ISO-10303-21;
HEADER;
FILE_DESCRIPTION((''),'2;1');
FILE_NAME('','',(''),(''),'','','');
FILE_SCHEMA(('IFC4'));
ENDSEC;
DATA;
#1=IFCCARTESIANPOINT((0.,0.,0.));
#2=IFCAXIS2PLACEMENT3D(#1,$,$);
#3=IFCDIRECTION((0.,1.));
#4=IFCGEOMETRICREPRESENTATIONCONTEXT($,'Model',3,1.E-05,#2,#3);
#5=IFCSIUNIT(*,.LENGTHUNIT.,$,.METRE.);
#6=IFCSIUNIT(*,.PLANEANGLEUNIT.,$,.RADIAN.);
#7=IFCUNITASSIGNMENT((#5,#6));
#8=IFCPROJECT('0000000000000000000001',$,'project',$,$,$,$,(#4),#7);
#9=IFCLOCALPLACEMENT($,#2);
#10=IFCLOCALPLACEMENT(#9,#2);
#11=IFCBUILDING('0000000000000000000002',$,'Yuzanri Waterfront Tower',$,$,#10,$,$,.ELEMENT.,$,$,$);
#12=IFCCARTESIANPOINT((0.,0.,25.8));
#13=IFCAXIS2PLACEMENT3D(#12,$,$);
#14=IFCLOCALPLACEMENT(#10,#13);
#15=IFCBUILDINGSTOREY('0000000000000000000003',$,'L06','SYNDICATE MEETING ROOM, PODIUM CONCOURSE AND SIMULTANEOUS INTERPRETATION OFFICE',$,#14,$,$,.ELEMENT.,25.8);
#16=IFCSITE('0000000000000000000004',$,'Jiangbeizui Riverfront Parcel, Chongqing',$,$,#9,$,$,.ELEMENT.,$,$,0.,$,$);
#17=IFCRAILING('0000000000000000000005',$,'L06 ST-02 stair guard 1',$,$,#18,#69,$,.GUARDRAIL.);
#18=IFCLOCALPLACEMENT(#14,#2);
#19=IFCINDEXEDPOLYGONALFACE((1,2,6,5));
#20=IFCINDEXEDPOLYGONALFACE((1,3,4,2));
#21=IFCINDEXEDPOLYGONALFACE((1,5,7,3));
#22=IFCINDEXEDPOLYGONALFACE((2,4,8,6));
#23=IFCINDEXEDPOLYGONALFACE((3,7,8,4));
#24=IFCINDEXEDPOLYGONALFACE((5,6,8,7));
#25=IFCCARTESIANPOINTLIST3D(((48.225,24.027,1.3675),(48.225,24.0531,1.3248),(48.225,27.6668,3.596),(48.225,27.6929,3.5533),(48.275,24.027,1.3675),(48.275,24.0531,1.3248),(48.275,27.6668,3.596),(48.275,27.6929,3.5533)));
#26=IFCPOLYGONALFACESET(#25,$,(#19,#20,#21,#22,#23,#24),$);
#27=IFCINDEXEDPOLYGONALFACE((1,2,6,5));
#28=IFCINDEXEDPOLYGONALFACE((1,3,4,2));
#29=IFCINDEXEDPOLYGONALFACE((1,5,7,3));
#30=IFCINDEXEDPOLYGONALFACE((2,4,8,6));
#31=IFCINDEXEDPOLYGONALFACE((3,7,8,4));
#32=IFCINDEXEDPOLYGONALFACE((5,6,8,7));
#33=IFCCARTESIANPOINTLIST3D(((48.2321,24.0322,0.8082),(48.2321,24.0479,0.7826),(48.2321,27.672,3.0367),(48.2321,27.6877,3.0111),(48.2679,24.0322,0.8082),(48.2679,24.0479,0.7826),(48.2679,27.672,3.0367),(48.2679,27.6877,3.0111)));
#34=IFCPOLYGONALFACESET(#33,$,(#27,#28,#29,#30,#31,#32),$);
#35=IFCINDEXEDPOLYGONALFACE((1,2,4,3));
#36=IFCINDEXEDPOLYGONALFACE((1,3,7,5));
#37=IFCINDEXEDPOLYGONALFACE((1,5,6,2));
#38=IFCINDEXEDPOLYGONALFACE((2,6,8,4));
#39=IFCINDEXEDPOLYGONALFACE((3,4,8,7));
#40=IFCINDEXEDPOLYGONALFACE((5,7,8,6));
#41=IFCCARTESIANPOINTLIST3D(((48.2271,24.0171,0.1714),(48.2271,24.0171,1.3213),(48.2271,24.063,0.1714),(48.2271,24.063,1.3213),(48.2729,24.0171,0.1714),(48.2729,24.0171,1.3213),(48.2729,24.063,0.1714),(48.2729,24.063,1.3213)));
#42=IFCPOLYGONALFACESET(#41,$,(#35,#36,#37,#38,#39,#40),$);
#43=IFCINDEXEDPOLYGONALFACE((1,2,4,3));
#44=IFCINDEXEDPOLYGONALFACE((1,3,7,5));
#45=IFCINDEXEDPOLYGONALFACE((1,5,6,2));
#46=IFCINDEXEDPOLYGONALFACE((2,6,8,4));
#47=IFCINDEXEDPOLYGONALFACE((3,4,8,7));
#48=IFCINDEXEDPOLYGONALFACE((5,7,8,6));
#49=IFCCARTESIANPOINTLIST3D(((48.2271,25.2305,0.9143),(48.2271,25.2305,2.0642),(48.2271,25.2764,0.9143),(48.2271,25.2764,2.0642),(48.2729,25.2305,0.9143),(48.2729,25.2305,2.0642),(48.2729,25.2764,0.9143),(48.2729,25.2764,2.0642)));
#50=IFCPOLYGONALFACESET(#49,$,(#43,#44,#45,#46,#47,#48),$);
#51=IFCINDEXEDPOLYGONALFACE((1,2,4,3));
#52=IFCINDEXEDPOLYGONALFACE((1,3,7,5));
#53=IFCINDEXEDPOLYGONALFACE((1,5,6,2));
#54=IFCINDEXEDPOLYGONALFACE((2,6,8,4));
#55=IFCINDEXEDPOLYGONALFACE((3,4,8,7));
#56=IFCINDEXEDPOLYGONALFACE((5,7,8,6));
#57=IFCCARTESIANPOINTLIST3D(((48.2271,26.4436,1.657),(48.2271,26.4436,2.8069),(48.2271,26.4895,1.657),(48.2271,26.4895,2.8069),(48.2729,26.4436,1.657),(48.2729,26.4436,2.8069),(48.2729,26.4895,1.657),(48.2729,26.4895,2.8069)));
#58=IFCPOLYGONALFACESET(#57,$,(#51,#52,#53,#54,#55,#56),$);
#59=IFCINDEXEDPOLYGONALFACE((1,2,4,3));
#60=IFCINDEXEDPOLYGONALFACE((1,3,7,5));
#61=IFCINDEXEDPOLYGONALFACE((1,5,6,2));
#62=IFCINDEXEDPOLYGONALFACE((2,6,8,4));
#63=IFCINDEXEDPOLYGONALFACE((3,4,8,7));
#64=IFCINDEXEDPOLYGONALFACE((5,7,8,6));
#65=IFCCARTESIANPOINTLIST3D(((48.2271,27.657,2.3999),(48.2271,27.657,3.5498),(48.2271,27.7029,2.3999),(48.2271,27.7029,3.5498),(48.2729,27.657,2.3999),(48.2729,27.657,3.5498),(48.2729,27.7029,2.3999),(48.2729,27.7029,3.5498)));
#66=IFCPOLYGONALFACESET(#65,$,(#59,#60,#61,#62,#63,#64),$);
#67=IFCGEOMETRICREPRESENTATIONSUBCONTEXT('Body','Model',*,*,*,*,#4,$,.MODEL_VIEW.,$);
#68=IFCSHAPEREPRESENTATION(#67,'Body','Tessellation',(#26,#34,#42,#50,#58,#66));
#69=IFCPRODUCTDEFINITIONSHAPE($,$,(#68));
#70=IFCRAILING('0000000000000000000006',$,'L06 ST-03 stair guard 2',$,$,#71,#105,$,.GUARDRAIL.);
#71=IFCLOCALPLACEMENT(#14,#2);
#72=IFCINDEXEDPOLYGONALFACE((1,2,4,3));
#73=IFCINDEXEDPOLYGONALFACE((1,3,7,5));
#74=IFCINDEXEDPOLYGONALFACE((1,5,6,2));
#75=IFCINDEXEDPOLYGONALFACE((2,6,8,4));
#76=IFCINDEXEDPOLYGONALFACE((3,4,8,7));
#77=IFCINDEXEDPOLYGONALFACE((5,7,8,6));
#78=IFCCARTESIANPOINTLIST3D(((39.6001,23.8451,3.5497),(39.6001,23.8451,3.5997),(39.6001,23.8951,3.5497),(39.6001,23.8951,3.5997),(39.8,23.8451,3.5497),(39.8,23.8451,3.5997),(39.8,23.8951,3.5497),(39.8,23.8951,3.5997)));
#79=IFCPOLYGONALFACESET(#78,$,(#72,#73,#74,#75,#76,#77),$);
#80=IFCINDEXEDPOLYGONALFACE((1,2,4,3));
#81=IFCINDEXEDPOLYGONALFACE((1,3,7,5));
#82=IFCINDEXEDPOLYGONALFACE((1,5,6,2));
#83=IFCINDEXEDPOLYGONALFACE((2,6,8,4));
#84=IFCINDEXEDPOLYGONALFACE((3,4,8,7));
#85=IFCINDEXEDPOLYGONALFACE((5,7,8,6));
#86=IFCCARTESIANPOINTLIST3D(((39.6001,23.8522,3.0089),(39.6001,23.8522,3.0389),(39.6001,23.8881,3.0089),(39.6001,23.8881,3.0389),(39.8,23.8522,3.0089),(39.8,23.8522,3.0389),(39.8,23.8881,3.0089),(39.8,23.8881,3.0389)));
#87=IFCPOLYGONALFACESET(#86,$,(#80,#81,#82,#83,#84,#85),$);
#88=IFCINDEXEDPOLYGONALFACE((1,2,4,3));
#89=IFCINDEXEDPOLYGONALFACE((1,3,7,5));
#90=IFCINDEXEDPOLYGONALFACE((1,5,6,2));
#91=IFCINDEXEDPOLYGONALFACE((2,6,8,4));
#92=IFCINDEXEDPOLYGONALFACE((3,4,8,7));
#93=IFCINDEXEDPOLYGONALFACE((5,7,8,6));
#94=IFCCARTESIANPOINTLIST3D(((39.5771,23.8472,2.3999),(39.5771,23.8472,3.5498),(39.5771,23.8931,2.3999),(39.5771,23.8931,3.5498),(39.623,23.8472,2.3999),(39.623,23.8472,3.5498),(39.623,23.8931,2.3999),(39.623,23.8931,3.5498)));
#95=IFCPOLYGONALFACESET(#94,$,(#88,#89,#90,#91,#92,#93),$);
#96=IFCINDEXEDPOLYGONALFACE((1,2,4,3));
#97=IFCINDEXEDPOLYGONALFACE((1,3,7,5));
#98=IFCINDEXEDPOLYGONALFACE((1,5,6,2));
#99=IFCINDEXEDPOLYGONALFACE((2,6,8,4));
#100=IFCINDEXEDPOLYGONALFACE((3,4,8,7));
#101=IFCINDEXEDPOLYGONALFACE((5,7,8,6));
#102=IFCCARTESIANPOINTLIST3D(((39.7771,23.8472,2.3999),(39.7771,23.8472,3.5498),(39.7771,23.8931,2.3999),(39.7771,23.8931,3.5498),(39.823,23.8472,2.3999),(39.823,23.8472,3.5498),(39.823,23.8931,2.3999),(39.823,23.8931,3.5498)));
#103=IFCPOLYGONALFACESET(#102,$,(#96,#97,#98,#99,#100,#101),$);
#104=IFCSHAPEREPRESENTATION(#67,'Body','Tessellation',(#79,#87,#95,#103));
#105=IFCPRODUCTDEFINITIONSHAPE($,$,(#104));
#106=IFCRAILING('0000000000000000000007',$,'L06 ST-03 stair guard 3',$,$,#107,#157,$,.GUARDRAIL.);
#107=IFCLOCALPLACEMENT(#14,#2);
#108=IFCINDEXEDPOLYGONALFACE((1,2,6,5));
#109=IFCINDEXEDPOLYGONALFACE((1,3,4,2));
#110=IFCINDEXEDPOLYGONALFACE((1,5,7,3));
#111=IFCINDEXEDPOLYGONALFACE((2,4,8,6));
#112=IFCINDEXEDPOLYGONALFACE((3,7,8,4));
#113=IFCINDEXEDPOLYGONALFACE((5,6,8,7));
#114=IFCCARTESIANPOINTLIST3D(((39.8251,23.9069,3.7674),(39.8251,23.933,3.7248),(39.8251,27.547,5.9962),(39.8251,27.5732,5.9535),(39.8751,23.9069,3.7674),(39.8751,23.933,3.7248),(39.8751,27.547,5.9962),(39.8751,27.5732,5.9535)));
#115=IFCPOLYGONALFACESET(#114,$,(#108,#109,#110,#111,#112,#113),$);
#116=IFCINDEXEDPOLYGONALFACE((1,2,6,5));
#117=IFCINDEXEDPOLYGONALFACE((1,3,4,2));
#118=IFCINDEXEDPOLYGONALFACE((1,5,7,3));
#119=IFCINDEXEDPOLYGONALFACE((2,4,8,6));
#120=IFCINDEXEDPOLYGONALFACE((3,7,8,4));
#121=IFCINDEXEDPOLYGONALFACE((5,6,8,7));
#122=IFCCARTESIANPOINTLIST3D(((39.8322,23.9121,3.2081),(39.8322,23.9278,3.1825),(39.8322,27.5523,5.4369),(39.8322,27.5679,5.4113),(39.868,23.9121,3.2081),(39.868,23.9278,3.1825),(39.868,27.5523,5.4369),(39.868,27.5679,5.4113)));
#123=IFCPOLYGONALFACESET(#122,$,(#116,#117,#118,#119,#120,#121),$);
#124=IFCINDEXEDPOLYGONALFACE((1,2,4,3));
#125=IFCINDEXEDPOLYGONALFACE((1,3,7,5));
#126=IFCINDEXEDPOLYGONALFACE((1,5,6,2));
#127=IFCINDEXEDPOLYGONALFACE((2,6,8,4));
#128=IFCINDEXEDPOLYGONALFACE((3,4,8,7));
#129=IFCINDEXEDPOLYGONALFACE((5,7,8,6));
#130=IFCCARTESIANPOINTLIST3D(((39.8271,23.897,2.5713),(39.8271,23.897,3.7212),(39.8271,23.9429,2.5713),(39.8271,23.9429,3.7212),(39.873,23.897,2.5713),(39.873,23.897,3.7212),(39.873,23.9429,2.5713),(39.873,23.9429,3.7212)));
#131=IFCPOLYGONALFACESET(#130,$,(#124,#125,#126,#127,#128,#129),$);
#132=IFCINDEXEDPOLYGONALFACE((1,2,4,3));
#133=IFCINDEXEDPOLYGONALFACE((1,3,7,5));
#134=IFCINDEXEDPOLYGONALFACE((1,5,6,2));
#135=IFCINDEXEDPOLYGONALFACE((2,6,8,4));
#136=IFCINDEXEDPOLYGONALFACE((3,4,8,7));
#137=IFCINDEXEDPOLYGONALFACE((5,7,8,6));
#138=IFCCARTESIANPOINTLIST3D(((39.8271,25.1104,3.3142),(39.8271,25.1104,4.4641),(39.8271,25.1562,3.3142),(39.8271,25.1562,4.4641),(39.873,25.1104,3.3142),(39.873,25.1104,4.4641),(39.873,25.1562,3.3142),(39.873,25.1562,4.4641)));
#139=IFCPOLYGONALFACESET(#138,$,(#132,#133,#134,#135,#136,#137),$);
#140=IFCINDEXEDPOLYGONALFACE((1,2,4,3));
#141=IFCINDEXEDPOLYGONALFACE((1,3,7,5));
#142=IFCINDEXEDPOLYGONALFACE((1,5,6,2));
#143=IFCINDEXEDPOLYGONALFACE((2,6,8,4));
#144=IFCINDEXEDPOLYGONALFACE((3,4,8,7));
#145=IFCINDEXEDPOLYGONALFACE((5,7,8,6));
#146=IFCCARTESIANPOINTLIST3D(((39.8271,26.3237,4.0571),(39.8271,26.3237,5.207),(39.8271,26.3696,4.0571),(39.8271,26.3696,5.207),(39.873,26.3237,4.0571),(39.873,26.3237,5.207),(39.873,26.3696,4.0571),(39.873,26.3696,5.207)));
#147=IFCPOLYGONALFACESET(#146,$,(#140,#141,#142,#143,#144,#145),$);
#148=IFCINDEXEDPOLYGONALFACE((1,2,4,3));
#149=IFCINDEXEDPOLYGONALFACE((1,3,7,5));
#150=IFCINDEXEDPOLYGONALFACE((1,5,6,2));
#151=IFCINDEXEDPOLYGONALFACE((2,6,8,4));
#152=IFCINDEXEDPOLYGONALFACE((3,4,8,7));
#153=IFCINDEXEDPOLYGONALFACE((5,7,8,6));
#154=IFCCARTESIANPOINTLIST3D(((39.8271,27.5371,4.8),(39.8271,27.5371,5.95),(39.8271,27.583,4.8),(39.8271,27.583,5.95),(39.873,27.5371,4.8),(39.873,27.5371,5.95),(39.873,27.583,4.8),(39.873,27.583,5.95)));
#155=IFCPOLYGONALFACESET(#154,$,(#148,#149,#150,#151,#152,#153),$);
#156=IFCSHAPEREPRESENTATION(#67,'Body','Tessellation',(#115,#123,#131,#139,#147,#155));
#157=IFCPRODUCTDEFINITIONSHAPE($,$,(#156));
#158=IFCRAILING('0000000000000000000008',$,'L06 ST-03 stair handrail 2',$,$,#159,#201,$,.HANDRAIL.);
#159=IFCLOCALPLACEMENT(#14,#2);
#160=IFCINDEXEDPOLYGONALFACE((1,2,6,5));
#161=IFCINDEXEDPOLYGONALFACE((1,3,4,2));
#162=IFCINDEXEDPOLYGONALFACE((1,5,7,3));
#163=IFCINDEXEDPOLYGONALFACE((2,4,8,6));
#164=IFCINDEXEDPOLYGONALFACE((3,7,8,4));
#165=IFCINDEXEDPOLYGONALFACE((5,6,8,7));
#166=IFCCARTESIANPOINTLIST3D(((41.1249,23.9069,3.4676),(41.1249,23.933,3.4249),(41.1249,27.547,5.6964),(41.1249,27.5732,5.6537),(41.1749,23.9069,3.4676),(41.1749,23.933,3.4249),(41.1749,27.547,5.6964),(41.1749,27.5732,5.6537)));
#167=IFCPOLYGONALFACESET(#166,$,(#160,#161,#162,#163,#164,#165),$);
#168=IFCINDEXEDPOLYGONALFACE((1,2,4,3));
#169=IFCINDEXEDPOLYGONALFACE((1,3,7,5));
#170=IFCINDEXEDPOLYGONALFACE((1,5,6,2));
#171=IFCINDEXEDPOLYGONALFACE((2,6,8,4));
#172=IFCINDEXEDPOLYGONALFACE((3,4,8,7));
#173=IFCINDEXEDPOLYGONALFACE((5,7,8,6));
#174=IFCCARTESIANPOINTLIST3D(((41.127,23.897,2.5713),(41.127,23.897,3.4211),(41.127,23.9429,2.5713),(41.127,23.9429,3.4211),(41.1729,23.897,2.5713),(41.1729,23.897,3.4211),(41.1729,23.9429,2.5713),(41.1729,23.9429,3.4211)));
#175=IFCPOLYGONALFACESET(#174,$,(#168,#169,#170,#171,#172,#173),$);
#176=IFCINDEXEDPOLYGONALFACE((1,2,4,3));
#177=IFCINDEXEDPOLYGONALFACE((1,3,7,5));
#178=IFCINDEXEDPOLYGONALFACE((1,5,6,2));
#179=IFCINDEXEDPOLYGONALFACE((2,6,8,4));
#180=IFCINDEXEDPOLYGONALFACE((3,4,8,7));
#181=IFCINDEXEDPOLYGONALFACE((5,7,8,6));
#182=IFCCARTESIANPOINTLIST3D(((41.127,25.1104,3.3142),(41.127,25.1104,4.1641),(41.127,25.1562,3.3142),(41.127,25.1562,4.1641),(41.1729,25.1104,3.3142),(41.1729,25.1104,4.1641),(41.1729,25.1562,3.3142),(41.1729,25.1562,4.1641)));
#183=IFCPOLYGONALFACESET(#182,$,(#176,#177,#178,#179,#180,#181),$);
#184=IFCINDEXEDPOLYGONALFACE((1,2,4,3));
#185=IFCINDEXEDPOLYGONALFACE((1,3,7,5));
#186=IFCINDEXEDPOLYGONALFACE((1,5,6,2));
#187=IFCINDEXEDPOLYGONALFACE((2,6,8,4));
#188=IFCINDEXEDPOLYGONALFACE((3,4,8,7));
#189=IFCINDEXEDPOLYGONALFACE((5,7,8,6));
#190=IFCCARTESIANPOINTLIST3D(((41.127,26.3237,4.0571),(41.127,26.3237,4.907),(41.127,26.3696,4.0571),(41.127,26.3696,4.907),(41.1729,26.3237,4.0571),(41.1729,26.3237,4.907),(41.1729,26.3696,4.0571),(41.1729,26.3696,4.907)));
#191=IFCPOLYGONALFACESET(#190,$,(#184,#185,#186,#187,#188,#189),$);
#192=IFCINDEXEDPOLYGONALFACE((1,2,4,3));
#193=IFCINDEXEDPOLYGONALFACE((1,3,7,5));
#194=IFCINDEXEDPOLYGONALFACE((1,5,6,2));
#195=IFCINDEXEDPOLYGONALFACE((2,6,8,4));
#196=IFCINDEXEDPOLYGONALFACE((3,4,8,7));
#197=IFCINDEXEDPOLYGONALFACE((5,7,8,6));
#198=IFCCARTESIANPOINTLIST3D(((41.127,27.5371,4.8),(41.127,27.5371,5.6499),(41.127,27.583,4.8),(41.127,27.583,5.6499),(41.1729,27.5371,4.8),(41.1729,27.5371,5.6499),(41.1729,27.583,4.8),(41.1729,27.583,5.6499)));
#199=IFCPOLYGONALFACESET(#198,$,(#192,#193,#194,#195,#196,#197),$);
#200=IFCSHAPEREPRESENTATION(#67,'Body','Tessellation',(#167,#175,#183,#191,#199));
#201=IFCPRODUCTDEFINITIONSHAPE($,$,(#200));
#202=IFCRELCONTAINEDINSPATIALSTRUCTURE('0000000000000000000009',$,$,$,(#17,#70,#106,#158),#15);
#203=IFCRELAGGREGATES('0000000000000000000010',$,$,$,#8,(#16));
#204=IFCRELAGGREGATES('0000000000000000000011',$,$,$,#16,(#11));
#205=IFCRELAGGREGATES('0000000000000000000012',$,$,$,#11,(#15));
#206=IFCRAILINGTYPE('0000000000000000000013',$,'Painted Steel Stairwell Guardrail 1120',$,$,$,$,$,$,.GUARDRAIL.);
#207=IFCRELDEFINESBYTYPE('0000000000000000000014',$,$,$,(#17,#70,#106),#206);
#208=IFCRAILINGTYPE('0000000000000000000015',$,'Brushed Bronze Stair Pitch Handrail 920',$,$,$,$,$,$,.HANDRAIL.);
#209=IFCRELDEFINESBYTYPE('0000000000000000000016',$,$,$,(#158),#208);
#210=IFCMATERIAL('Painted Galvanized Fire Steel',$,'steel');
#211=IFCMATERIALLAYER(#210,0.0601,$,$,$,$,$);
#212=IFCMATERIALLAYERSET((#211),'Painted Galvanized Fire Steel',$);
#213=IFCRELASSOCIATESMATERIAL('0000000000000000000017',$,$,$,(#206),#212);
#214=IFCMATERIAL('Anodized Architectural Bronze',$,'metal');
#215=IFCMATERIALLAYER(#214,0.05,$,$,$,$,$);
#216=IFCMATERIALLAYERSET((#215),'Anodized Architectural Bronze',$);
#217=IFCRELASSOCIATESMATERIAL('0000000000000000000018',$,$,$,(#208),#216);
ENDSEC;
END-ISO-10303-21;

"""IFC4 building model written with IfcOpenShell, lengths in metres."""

from ifc_helpers import new_model, si_unit, direction, frame, origin, origin_2d, place, context, subcontext, project, spatial, rectangle, extrude, source, transform, mapped, material, layer, layer_set, type_object, element, save


model = new_model("IFC4")

# Units and contexts
model_context = context("Model", 3, precision=1e-05, world=origin(), true_north=direction((0.0, 1.0)))
body_context = subcontext(model_context, "Body", "Model", "MODEL_VIEW")
ifc_project = project(units=[si_unit("LENGTHUNIT", "METRE"), si_unit("PLANEANGLEUNIT", "RADIAN")], contexts=[model_context])

# Site, building, storey
site_placement = place(None, origin())
site = spatial("IfcSite", under=ifc_project, at=site_placement, Name="Jiangbeizui Riverfront Parcel, Chongqing", CompositionType="ELEMENT", RefElevation=0.0)
building_placement = place(site_placement, origin())
building = spatial("IfcBuilding", under=site, at=building_placement, Name="Yuzanri Waterfront Tower", CompositionType="ELEMENT")
storey_placement = place(building_placement, frame((0.0, 0.0, 25.8)))
storey = spatial("IfcBuildingStorey", under=building, at=storey_placement, Name="L06", Description="SYNDICATE MEETING ROOM, PODIUM CONCOURSE AND SIMULTANEOUS INTERPRETATION OFFICE", CompositionType="ELEMENT", Elevation=25.8)

# Railings
ifc_material_1 = material(Name="Painted Galvanized Fire Steel", Category="steel")
ifc_layer_1 = layer(ifc_material_1, 0.0601)
ifc_layer_set_1 = layer_set([ifc_layer_1], Name="Painted Galvanized Fire Steel")
railing_type_1 = type_object("IfcRailingType", Name="Painted Steel Stairwell Guardrail 1120", PredefinedType="GUARDRAIL", material=ifc_layer_set_1)
shared_shape_1 = source(origin(), body_context, "Body", "SweptSolid", [
    extrude(rectangle(XDim=0.05, YDim=0.05, at=origin_2d()), frame((0.0, 0.0, 1.1748), z_axis=(0.0, 0.85285, 0.522156), x_axis=(-1.0, 0.0, 0.0)), (0.0, 0.0, 1.0), 4.2678),
    extrude(rectangle(XDim=0.0359, YDim=0.03, at=origin_2d()), frame((0.0, 0.0, 0.624), z_axis=(0.0, 0.85285, 0.522156), x_axis=(-1.0, 0.0, 0.0)), (0.0, 0.0, 1.0), 4.2678),
    extrude(rectangle(XDim=0.0459, YDim=0.0459, at=origin_2d()), origin(), (0.0, 0.0, 1.0), 1.1499),
    extrude(rectangle(XDim=0.0459, YDim=0.0459, at=origin_2d()), frame((0.0, 1.2134, 0.7429)), (0.0, 0.0, 1.0), 1.1499),
    extrude(rectangle(XDim=0.0459, YDim=0.0459, at=origin_2d()), frame((0.0, 2.4265, 1.4856)), (0.0, 0.0, 1.0), 1.1499),
    extrude(rectangle(XDim=0.0459, YDim=0.0459, at=origin_2d()), frame((0.0, 3.6399, 2.2285)), (0.0, 0.0, 1.0), 1.1499),
])
railing_1_placement = place(storey_placement, frame((48.25, 24.04, 0.1714)))
element("IfcRailing", 1, at=railing_1_placement, inside=storey, type_object=railing_type_1, Name="L06 ST-02 stair guard 1", PredefinedType="GUARDRAIL", context=body_context, shape_type="MappedRepresentation", body=[
    mapped(shared_shape_1, transform((0.0, 0.0, 0.0), scale=1.0)),
])
shared_shape_2 = source(origin(), body_context, "Body", "SweptSolid", [
    extrude(rectangle(XDim=0.05, YDim=0.05, at=origin_2d()), frame((0.0, 0.0, 1.1748), z_axis=(1.0, 0.0, 0.0), x_axis=(0.0, 1.0, 0.0)), (0.0, 0.0, 1.0), 0.2),
    extrude(rectangle(XDim=0.0359, YDim=0.03, at=origin_2d()), frame((0.0, 0.0, 0.624), z_axis=(1.0, 0.0, 0.0), x_axis=(0.0, 1.0, 0.0)), (0.0, 0.0, 1.0), 0.2),
    extrude(rectangle(XDim=0.0459, YDim=0.0459, at=origin_2d()), origin(), (0.0, 0.0, 1.0), 1.1499),
    extrude(rectangle(XDim=0.0459, YDim=0.0459, at=origin_2d()), frame((0.2, 0.0, 0.0)), (0.0, 0.0, 1.0), 1.1499),
])
railing_2_placement = place(storey_placement, frame((39.6001, 23.8701, 2.3999)))
element("IfcRailing", 2, at=railing_2_placement, inside=storey, type_object=railing_type_1, Name="L06 ST-03 stair guard 2", PredefinedType="GUARDRAIL", context=body_context, shape_type="MappedRepresentation", body=[
    mapped(shared_shape_2, transform((0.0, 0.0, 0.0), scale=1.0)),
])
shared_shape_3 = source(origin(), body_context, "Body", "SweptSolid", [
    extrude(rectangle(XDim=0.05, YDim=0.05, at=origin_2d()), frame((0.0, 0.0, 1.1748), z_axis=(0.0, 0.85284, 0.522172), x_axis=(-1.0, 0.0, 0.0)), (0.0, 0.0, 1.0), 4.2683),
    extrude(rectangle(XDim=0.0359, YDim=0.03, at=origin_2d()), frame((0.0, 0.0, 0.624), z_axis=(0.0, 0.85284, 0.522172), x_axis=(-1.0, 0.0, 0.0)), (0.0, 0.0, 1.0), 4.2683),
    extrude(rectangle(XDim=0.0459, YDim=0.0459, at=origin_2d()), origin(), (0.0, 0.0, 1.0), 1.1499),
    extrude(rectangle(XDim=0.0459, YDim=0.0459, at=origin_2d()), frame((0.0, 1.2134, 0.7429)), (0.0, 0.0, 1.0), 1.1499),
    extrude(rectangle(XDim=0.0459, YDim=0.0459, at=origin_2d()), frame((0.0, 2.4268, 1.4858)), (0.0, 0.0, 1.0), 1.1499),
    extrude(rectangle(XDim=0.0459, YDim=0.0459, at=origin_2d()), frame((0.0, 3.6401, 2.2288)), (0.0, 0.0, 1.0), 1.1499),
])
railing_3_placement = place(storey_placement, frame((39.8501, 23.9199, 2.5713)))
element("IfcRailing", 3, at=railing_3_placement, inside=storey, type_object=railing_type_1, Name="L06 ST-03 stair guard 3", PredefinedType="GUARDRAIL", context=body_context, shape_type="MappedRepresentation", body=[
    mapped(shared_shape_3, transform((0.0, 0.0, 0.0), scale=1.0)),
])
ifc_material_2 = material(Name="Anodized Architectural Bronze", Category="metal")
ifc_layer_2 = layer(ifc_material_2, 0.05)
ifc_layer_set_2 = layer_set([ifc_layer_2], Name="Anodized Architectural Bronze")
railing_type_2 = type_object("IfcRailingType", Name="Brushed Bronze Stair Pitch Handrail 920", PredefinedType="HANDRAIL", material=ifc_layer_set_2)
shared_shape_4 = source(origin(), body_context, "Body", "SweptSolid", [
    extrude(rectangle(XDim=0.05, YDim=0.05, at=origin_2d()), frame((0.0, 0.0, 0.875), z_axis=(0.0, 0.85284, 0.522172), x_axis=(-1.0, 0.0, 0.0)), (0.0, 0.0, 1.0), 4.2683),
    extrude(rectangle(XDim=0.0459, YDim=0.0459, at=origin_2d()), origin(), (0.0, 0.0, 1.0), 0.8499),
    extrude(rectangle(XDim=0.0459, YDim=0.0459, at=origin_2d()), frame((0.0, 1.2134, 0.7429)), (0.0, 0.0, 1.0), 0.8499),
    extrude(rectangle(XDim=0.0459, YDim=0.0459, at=origin_2d()), frame((0.0, 2.4268, 1.4858)), (0.0, 0.0, 1.0), 0.8499),
    extrude(rectangle(XDim=0.0459, YDim=0.0459, at=origin_2d()), frame((0.0, 3.6401, 2.2288)), (0.0, 0.0, 1.0), 0.8499),
])
railing_4_placement = place(storey_placement, frame((41.1499, 23.9199, 2.5713)))
element("IfcRailing", 4, at=railing_4_placement, inside=storey, type_object=railing_type_2, Name="L06 ST-03 stair handrail 2", PredefinedType="HANDRAIL", context=body_context, shape_type="MappedRepresentation", body=[
    mapped(shared_shape_4, transform((0.0, 0.0, 0.0), scale=1.0)),
])

save(model, "model.ifc")
